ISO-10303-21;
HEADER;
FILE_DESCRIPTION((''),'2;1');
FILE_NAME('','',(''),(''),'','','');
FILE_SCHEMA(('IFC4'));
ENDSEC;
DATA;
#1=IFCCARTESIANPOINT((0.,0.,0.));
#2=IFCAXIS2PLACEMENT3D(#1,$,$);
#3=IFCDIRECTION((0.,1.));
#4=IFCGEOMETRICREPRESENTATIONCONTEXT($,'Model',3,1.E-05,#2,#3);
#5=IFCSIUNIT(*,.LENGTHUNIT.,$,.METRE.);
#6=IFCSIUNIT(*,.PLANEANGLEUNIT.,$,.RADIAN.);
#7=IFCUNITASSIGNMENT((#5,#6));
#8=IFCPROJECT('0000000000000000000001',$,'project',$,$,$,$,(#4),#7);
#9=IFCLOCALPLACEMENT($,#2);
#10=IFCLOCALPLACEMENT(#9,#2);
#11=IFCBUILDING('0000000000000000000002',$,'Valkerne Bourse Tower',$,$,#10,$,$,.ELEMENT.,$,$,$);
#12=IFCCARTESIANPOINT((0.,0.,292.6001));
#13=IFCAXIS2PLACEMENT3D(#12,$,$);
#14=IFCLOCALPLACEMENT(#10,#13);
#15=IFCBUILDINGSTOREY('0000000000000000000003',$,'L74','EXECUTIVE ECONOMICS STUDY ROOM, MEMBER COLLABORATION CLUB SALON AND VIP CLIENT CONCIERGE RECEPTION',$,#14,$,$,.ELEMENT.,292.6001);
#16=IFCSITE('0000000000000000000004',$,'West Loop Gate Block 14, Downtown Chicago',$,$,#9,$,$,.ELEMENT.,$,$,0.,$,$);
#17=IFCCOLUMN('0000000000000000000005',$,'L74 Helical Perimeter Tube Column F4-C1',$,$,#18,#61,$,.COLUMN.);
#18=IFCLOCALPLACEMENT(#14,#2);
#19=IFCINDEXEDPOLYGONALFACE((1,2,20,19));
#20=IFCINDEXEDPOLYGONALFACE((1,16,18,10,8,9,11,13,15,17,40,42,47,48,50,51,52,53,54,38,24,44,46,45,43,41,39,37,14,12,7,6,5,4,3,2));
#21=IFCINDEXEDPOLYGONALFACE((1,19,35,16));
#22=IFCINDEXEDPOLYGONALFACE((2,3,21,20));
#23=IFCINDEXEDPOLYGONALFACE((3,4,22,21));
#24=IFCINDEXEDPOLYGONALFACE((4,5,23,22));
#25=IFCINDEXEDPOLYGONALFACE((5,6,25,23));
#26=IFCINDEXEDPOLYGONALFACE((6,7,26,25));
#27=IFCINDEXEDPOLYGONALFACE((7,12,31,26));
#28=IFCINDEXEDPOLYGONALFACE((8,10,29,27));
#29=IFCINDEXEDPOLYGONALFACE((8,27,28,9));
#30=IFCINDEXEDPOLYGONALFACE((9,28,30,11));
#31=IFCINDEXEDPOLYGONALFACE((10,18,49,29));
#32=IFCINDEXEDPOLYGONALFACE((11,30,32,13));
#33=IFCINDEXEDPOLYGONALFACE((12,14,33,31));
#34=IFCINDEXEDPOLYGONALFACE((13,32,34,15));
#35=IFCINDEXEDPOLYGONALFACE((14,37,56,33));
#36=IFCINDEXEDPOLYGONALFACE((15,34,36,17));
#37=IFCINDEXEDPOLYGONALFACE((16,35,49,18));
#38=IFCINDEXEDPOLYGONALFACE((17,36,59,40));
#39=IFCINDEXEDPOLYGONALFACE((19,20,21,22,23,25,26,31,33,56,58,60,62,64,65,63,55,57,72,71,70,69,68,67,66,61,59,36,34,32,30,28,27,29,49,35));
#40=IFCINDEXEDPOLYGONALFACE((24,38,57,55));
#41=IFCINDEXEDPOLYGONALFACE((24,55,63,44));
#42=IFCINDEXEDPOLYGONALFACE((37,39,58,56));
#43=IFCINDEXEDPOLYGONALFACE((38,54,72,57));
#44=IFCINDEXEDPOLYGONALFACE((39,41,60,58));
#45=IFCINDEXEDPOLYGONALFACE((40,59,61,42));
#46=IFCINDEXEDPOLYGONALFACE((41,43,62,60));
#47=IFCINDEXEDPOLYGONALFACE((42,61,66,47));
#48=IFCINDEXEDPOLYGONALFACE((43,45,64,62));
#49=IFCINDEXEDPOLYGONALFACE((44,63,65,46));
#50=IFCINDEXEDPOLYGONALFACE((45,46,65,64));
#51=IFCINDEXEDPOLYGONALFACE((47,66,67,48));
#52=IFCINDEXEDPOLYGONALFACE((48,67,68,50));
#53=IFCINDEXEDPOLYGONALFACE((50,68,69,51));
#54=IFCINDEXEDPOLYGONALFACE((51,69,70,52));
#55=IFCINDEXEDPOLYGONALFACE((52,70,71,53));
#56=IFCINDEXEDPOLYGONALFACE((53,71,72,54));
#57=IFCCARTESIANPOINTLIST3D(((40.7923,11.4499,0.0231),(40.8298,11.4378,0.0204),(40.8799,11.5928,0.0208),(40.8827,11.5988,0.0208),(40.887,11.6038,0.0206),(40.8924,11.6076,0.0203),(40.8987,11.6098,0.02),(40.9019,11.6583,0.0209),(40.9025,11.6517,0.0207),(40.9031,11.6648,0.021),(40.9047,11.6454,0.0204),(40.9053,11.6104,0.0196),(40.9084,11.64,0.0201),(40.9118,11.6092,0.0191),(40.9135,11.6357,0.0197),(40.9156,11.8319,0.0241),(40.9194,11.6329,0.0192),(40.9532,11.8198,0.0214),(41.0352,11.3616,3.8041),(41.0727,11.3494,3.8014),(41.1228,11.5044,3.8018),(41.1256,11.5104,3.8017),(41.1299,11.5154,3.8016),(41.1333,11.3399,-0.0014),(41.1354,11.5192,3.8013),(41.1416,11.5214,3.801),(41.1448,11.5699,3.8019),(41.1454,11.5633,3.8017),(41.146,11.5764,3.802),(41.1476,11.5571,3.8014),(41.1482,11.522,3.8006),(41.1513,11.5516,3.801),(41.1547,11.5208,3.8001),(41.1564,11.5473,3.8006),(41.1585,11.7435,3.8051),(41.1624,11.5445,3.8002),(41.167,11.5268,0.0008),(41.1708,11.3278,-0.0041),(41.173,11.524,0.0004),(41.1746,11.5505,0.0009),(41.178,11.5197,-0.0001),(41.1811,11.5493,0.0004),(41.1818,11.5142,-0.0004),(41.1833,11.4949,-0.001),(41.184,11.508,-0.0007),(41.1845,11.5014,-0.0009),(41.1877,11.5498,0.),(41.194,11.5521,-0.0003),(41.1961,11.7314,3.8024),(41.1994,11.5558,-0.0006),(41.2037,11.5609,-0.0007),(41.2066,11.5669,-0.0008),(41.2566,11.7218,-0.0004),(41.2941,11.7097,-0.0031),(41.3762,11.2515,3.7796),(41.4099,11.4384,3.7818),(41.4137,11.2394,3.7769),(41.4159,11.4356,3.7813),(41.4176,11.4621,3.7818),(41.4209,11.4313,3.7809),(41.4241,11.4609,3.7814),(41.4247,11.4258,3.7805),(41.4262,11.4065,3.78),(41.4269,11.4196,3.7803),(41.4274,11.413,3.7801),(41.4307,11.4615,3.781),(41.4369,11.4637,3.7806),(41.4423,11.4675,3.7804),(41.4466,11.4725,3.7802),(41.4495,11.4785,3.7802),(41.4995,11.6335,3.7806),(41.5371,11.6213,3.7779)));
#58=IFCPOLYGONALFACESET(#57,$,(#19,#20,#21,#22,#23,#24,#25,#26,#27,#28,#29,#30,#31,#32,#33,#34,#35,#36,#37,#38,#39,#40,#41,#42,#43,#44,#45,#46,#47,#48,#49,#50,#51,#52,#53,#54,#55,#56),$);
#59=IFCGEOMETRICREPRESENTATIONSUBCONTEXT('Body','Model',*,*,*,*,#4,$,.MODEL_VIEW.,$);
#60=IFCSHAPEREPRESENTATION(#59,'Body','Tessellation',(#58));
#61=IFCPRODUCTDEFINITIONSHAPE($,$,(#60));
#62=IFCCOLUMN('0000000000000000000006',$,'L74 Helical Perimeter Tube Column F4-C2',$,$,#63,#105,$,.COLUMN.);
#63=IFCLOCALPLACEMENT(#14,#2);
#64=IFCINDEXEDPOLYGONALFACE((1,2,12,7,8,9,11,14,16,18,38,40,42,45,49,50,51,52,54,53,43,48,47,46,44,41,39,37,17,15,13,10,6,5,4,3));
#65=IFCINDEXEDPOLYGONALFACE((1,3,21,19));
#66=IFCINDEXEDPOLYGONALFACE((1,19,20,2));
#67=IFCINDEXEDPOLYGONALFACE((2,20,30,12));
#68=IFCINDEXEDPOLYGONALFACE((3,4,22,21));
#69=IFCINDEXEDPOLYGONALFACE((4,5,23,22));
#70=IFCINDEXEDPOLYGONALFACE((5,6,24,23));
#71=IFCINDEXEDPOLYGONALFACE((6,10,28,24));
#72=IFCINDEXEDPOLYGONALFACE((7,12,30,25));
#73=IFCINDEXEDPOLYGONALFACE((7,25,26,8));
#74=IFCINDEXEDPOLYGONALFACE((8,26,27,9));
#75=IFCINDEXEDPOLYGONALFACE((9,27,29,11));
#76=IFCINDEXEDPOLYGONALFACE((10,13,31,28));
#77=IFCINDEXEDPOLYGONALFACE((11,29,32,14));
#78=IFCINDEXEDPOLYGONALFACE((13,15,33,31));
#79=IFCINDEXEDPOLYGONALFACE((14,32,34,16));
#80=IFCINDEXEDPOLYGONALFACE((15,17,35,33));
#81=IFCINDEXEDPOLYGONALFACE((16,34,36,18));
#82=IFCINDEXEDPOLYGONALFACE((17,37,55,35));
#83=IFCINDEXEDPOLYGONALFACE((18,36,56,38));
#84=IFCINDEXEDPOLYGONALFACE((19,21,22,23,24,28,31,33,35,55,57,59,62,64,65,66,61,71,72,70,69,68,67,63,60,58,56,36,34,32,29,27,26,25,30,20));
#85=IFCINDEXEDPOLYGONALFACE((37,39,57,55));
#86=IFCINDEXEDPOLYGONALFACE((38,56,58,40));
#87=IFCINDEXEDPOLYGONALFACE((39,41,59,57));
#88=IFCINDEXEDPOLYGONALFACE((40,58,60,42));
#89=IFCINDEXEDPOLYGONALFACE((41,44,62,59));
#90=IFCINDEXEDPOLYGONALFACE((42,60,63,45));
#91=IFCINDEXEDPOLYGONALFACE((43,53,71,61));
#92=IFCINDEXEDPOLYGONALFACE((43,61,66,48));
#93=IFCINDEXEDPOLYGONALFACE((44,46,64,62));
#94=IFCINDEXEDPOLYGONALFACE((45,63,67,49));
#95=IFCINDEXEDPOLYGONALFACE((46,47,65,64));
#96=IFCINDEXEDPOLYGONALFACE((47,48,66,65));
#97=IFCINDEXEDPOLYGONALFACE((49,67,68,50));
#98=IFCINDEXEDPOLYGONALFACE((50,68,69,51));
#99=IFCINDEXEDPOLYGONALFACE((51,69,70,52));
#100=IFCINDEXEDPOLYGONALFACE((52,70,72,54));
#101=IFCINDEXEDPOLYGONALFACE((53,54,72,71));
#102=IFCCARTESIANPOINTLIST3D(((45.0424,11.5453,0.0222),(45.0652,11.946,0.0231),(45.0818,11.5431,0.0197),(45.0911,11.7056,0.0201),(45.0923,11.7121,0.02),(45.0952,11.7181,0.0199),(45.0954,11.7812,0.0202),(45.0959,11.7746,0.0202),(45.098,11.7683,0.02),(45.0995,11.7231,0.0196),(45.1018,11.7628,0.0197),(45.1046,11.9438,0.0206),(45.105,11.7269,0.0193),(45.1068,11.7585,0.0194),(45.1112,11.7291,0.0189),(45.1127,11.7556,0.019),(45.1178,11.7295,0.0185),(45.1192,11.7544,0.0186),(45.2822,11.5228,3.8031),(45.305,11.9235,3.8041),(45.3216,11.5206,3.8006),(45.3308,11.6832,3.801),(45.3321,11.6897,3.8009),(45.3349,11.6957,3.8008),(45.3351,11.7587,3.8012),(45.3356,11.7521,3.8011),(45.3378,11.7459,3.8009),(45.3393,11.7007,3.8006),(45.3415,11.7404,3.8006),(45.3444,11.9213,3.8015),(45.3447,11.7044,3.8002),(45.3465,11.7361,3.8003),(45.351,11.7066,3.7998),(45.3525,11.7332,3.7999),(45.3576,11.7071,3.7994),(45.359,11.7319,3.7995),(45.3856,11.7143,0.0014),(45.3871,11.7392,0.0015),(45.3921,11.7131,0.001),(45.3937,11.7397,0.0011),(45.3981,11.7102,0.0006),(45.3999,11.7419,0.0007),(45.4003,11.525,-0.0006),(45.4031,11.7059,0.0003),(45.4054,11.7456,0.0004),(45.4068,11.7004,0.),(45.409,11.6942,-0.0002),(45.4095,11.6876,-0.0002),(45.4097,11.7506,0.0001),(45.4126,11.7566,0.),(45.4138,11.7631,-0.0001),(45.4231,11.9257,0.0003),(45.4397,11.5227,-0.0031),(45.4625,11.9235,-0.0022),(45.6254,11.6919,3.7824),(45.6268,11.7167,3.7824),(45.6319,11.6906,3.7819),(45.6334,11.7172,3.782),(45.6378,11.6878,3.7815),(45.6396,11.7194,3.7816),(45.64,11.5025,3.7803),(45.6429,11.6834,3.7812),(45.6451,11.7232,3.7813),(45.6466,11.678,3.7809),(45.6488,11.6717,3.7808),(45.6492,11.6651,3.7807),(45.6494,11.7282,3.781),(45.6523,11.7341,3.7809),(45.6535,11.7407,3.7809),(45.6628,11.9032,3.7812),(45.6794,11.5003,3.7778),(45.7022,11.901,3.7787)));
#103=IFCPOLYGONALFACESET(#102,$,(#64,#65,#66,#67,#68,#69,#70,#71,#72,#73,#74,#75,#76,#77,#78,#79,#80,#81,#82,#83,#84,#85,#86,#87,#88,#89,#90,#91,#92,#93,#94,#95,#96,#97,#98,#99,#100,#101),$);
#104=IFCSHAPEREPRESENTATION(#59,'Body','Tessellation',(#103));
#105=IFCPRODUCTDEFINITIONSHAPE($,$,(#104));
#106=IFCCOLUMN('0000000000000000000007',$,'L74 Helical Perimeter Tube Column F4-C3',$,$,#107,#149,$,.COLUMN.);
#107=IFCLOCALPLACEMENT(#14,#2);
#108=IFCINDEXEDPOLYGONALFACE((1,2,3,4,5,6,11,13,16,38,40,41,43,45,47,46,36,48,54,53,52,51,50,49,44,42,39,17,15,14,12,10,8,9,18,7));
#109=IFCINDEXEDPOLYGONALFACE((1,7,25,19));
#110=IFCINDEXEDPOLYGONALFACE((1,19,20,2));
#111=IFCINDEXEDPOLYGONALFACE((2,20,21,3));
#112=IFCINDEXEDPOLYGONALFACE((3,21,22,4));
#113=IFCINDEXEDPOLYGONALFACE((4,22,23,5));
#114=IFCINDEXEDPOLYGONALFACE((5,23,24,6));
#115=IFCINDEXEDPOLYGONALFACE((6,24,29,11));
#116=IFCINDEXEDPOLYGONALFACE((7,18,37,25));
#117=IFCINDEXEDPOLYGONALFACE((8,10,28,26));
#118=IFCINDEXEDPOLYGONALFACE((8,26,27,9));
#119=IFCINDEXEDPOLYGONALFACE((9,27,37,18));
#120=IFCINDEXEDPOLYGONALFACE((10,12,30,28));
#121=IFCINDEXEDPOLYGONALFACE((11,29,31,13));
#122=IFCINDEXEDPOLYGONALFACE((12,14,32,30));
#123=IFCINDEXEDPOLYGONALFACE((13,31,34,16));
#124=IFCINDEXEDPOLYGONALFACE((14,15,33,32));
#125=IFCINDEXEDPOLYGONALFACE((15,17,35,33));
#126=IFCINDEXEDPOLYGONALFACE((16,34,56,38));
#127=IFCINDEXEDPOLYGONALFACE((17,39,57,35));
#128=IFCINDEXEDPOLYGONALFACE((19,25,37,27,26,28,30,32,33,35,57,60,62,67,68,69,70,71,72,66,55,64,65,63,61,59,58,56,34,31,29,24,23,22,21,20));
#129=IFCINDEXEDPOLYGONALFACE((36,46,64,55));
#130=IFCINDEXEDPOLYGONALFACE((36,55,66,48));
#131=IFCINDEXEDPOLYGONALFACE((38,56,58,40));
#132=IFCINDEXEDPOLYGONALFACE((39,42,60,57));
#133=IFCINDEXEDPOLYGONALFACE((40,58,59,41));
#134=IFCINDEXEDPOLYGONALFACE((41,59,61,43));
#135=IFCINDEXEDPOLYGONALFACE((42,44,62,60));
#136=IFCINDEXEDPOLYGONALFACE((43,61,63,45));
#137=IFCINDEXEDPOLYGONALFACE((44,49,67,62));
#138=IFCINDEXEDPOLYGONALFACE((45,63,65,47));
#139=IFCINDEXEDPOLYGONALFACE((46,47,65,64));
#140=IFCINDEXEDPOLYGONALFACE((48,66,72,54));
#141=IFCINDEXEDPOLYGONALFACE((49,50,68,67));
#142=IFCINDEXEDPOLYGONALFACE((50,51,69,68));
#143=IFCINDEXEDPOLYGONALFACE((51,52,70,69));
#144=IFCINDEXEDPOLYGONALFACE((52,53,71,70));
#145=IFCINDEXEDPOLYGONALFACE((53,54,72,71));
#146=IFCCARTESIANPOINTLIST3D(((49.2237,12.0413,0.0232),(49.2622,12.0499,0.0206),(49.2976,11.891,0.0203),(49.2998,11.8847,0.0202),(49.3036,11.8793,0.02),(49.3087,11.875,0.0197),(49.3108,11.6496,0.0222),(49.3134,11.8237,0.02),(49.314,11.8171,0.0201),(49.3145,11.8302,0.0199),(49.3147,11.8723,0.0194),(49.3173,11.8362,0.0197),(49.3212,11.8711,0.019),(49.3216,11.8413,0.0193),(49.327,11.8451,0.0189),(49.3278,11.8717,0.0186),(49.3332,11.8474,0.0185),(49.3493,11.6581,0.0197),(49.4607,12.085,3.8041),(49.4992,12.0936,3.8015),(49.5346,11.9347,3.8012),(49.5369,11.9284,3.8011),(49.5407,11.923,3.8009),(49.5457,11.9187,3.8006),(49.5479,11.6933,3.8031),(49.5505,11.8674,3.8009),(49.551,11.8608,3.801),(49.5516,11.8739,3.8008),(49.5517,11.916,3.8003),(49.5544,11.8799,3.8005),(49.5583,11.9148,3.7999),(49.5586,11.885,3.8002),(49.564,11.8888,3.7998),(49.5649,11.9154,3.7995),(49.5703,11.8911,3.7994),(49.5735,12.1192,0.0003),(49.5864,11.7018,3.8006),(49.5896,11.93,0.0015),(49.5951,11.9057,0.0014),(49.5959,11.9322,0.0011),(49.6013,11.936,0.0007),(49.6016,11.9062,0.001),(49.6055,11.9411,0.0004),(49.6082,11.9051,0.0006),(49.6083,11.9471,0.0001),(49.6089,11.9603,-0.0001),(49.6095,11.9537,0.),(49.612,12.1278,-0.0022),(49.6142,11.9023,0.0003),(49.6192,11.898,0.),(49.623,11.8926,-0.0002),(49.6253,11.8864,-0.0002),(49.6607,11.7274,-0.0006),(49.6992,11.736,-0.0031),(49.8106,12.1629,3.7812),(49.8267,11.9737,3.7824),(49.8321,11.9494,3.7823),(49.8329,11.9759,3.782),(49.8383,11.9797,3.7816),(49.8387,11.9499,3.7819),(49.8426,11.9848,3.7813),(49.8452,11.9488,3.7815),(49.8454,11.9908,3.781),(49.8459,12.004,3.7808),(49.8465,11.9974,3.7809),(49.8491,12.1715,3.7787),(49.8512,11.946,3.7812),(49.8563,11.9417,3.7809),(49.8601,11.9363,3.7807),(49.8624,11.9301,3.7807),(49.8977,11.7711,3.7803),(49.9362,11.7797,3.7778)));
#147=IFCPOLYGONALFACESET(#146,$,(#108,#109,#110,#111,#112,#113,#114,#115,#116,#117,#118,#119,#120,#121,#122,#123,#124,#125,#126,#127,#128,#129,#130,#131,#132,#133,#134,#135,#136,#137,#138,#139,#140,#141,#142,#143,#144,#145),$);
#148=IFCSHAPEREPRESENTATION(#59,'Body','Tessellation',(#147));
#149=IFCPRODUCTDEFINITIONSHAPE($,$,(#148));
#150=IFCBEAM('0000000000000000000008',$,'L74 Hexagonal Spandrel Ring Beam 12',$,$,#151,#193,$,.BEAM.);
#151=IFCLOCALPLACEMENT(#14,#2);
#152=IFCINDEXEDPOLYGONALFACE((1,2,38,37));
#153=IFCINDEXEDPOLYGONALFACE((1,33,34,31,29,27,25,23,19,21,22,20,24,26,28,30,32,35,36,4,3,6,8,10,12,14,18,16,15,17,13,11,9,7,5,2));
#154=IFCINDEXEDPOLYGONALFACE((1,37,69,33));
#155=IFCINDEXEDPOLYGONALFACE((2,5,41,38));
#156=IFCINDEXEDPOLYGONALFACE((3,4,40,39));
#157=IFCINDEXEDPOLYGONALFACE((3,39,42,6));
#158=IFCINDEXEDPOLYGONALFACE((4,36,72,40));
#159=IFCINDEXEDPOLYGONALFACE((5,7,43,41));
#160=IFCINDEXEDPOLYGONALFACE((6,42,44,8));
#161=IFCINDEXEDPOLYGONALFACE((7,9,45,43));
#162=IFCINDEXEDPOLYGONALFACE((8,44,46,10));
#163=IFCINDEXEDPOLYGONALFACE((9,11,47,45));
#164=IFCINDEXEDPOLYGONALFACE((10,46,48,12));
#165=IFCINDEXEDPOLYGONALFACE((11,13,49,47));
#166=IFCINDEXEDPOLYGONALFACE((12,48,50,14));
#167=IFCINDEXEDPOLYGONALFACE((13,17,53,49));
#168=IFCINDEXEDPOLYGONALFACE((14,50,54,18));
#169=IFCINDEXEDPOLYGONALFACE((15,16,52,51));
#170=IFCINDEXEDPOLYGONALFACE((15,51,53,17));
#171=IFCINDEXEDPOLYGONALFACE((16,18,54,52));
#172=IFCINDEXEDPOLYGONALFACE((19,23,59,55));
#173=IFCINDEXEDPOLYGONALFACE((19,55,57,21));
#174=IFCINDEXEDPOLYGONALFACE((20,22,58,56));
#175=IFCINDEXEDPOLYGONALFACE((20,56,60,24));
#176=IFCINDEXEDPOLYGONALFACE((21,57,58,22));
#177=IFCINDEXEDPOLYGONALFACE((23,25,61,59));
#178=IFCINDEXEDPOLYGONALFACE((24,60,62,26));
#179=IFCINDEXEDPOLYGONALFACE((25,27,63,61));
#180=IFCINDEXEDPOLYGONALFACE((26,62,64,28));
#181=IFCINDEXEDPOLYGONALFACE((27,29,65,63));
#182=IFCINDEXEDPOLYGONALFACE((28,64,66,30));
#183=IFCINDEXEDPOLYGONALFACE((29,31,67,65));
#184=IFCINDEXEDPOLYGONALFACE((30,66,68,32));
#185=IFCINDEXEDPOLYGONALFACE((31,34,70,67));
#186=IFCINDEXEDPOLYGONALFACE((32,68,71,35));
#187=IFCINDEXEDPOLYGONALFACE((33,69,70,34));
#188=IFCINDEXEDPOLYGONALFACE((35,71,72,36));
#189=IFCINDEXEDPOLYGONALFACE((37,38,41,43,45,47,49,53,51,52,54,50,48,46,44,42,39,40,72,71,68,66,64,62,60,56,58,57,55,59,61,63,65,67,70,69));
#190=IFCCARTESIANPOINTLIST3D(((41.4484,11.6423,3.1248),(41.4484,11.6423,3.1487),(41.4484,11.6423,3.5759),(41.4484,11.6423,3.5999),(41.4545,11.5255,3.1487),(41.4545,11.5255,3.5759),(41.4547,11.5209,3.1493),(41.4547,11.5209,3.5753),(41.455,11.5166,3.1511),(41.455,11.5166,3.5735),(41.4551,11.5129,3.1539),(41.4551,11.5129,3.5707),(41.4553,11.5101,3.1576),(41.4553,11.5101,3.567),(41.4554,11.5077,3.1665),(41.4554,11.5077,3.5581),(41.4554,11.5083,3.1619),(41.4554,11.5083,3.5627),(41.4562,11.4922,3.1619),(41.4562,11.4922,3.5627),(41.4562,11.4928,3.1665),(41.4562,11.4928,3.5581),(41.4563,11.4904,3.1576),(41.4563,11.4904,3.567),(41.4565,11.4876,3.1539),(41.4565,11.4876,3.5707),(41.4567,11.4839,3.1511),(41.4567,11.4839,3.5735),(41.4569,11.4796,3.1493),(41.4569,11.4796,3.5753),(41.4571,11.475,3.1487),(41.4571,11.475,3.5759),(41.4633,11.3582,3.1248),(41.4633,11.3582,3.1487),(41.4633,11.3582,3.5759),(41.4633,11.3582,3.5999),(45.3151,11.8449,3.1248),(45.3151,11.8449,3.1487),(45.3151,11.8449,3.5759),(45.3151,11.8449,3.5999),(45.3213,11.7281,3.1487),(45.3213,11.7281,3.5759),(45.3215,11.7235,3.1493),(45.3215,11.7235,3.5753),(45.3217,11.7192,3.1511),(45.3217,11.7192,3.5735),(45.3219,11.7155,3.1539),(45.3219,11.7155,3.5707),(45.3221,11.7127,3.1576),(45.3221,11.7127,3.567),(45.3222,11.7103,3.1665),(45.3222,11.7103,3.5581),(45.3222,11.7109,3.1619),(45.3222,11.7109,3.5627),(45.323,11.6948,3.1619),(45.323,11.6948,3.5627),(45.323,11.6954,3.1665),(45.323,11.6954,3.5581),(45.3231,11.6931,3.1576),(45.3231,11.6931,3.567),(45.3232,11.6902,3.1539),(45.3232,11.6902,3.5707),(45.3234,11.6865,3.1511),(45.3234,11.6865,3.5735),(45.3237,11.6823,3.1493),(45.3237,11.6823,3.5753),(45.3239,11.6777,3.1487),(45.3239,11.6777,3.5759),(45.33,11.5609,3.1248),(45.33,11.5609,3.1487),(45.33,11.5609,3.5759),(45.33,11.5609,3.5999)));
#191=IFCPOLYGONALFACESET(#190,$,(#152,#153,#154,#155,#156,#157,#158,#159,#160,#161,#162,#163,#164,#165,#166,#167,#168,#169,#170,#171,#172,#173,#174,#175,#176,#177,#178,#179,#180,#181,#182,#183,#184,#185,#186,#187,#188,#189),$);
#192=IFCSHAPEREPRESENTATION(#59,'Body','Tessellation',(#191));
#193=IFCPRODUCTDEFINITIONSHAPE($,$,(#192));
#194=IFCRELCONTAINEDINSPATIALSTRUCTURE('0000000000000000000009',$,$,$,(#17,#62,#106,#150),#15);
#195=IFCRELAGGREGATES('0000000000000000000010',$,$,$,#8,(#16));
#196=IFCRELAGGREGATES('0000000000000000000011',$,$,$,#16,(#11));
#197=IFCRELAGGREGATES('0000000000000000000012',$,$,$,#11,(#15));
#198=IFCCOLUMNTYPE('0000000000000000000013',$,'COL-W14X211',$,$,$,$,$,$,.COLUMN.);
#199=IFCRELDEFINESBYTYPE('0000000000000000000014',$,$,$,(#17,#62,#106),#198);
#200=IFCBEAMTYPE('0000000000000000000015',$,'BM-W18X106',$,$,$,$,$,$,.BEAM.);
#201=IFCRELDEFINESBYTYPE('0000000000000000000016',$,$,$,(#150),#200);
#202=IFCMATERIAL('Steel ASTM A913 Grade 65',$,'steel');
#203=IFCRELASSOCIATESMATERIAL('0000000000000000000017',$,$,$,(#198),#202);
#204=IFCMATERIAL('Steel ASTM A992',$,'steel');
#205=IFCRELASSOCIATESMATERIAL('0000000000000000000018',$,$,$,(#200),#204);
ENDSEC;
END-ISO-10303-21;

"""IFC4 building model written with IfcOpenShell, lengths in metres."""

from ifc_helpers import new_model, si_unit, direction, frame, origin, origin_2d, place, context, subcontext, project, spatial, i_section, extrude, material, material_profile, profile_set, type_object, element, save


model = new_model("IFC4")

# Units and contexts
model_context = context("Model", 3, precision=1e-05, world=origin(), true_north=direction((0.0, 1.0)))
body_context = subcontext(model_context, "Body", "Model", "MODEL_VIEW")
ifc_project = project(units=[si_unit("LENGTHUNIT", "METRE"), si_unit("PLANEANGLEUNIT", "RADIAN")], contexts=[model_context])

# Site, building, storey
site_placement = place(None, origin())
site = spatial("IfcSite", under=ifc_project, at=site_placement, Name="West Loop Gate Block 14, Downtown Chicago", CompositionType="ELEMENT", RefElevation=0.0)
building_placement = place(site_placement, origin())
building = spatial("IfcBuilding", under=site, at=building_placement, Name="Valkerne Bourse Tower", CompositionType="ELEMENT")
storey_placement = place(building_placement, frame((0.0, 0.0, 292.6001)))
storey = spatial("IfcBuildingStorey", under=building, at=storey_placement, Name="L74", Description="EXECUTIVE ECONOMICS STUDY ROOM, MEMBER COLLABORATION CLUB SALON AND VIP CLIENT CONCIERGE RECEPTION", CompositionType="ELEMENT", Elevation=292.6001)

# Columns
ifc_material_1 = material(Name="Steel ASTM A913 Grade 65", Category="steel")
ifc_material_profile_1 = material_profile(ifc_material_1, i_section(OverallWidth=0.4014, OverallDepth=0.3987, WebThickness=0.0249, FlangeThickness=0.0396, FilletRadius=0.0254, at=origin_2d()), Name="W14X211")
ifc_profile_set_1 = profile_set([ifc_material_profile_1], Name="Steel ASTM A913 Grade 65")
column_type = type_object("IfcColumnType", Name="COL-W14X211", PredefinedType="COLUMN", material=ifc_profile_set_1)
column_placement = place(storey_placement, frame((41.0432, 11.5798, 0.01), z_axis=(0.064098, -0.02332, 0.997671), x_axis=(0.30731, 0.951606, 0.002499)))
element("IfcColumn", 1, at=column_placement, inside=storey, type_object=column_type, Name="L74 Helical Perimeter Tube Column F4-C1", PredefinedType="COLUMN", context=body_context, shape_type="SweptSolid", body=[
    extrude(i_section(OverallWidth=0.4014, OverallDepth=0.3987, WebThickness=0.0249, FlangeThickness=0.0396, FilletRadius=0.0254, at=origin_2d()), origin(), (0.0, 0.0, 1.0), 3.7898),
])
for number, where, z_axis, x_axis, name in (
    (2, (45.2524, 11.7344, 0.01), (0.06328, -0.005928, 0.997978), (0.056805, 0.998383, 0.002329), "L74 Helical Perimeter Tube Column F4-C2"),
    (3, (49.4614, 11.8887, 0.01), (0.062571, 0.011535, 0.997974), (-0.217133, 0.976139, 0.002331), "L74 Helical Perimeter Tube Column F4-C3"),
):
    element("IfcColumn", number, at=place(storey_placement, frame(where, z_axis=z_axis, x_axis=x_axis)), inside=storey, type_object=column_type, Name=name, PredefinedType="COLUMN", context=body_context, shape_type="SweptSolid", body=[
        extrude(i_section(OverallWidth=0.4014, OverallDepth=0.3987, WebThickness=0.0249, FlangeThickness=0.0396, FilletRadius=0.0254, at=origin_2d()), origin(), (0.0, 0.0, 1.0), 3.7886),
    ])

# Beam
ifc_material_2 = material(Name="Steel ASTM A992", Category="steel")
ifc_material_profile_2 = material_profile(ifc_material_2, i_section(OverallWidth=0.2844, OverallDepth=0.4751, WebThickness=0.0149, FlangeThickness=0.0239, FilletRadius=0.0178, at=origin_2d()), Name="W18X106")
ifc_profile_set_2 = profile_set([ifc_material_profile_2], Name="Steel ASTM A992")
beam_type_1 = type_object("IfcBeamType", Name="BM-W18X106", PredefinedType="BEAM", material=ifc_profile_set_2)
for number, where, z_axis, x_axis, name in (
    (4, (41.4558, 11.5002, 3.3623), (0.99863, 0.052334, 0.0), (-0.052334, 0.99863, 0.0), "L74 Hexagonal Spandrel Ring Beam 12"),
):
    element("IfcBeam", number, at=place(storey_placement, frame(where, z_axis=z_axis, x_axis=x_axis)), inside=storey, type_object=beam_type_1, Name=name, PredefinedType="BEAM", context=body_context, shape_type="SweptSolid", body=[
        extrude(i_section(OverallWidth=0.2844, OverallDepth=0.4751, WebThickness=0.0149, FlangeThickness=0.0239, FilletRadius=0.0178, at=origin_2d()), origin(), (0.0, 0.0, 1.0), 3.8721),
    ])

save(model, "model.ifc")
